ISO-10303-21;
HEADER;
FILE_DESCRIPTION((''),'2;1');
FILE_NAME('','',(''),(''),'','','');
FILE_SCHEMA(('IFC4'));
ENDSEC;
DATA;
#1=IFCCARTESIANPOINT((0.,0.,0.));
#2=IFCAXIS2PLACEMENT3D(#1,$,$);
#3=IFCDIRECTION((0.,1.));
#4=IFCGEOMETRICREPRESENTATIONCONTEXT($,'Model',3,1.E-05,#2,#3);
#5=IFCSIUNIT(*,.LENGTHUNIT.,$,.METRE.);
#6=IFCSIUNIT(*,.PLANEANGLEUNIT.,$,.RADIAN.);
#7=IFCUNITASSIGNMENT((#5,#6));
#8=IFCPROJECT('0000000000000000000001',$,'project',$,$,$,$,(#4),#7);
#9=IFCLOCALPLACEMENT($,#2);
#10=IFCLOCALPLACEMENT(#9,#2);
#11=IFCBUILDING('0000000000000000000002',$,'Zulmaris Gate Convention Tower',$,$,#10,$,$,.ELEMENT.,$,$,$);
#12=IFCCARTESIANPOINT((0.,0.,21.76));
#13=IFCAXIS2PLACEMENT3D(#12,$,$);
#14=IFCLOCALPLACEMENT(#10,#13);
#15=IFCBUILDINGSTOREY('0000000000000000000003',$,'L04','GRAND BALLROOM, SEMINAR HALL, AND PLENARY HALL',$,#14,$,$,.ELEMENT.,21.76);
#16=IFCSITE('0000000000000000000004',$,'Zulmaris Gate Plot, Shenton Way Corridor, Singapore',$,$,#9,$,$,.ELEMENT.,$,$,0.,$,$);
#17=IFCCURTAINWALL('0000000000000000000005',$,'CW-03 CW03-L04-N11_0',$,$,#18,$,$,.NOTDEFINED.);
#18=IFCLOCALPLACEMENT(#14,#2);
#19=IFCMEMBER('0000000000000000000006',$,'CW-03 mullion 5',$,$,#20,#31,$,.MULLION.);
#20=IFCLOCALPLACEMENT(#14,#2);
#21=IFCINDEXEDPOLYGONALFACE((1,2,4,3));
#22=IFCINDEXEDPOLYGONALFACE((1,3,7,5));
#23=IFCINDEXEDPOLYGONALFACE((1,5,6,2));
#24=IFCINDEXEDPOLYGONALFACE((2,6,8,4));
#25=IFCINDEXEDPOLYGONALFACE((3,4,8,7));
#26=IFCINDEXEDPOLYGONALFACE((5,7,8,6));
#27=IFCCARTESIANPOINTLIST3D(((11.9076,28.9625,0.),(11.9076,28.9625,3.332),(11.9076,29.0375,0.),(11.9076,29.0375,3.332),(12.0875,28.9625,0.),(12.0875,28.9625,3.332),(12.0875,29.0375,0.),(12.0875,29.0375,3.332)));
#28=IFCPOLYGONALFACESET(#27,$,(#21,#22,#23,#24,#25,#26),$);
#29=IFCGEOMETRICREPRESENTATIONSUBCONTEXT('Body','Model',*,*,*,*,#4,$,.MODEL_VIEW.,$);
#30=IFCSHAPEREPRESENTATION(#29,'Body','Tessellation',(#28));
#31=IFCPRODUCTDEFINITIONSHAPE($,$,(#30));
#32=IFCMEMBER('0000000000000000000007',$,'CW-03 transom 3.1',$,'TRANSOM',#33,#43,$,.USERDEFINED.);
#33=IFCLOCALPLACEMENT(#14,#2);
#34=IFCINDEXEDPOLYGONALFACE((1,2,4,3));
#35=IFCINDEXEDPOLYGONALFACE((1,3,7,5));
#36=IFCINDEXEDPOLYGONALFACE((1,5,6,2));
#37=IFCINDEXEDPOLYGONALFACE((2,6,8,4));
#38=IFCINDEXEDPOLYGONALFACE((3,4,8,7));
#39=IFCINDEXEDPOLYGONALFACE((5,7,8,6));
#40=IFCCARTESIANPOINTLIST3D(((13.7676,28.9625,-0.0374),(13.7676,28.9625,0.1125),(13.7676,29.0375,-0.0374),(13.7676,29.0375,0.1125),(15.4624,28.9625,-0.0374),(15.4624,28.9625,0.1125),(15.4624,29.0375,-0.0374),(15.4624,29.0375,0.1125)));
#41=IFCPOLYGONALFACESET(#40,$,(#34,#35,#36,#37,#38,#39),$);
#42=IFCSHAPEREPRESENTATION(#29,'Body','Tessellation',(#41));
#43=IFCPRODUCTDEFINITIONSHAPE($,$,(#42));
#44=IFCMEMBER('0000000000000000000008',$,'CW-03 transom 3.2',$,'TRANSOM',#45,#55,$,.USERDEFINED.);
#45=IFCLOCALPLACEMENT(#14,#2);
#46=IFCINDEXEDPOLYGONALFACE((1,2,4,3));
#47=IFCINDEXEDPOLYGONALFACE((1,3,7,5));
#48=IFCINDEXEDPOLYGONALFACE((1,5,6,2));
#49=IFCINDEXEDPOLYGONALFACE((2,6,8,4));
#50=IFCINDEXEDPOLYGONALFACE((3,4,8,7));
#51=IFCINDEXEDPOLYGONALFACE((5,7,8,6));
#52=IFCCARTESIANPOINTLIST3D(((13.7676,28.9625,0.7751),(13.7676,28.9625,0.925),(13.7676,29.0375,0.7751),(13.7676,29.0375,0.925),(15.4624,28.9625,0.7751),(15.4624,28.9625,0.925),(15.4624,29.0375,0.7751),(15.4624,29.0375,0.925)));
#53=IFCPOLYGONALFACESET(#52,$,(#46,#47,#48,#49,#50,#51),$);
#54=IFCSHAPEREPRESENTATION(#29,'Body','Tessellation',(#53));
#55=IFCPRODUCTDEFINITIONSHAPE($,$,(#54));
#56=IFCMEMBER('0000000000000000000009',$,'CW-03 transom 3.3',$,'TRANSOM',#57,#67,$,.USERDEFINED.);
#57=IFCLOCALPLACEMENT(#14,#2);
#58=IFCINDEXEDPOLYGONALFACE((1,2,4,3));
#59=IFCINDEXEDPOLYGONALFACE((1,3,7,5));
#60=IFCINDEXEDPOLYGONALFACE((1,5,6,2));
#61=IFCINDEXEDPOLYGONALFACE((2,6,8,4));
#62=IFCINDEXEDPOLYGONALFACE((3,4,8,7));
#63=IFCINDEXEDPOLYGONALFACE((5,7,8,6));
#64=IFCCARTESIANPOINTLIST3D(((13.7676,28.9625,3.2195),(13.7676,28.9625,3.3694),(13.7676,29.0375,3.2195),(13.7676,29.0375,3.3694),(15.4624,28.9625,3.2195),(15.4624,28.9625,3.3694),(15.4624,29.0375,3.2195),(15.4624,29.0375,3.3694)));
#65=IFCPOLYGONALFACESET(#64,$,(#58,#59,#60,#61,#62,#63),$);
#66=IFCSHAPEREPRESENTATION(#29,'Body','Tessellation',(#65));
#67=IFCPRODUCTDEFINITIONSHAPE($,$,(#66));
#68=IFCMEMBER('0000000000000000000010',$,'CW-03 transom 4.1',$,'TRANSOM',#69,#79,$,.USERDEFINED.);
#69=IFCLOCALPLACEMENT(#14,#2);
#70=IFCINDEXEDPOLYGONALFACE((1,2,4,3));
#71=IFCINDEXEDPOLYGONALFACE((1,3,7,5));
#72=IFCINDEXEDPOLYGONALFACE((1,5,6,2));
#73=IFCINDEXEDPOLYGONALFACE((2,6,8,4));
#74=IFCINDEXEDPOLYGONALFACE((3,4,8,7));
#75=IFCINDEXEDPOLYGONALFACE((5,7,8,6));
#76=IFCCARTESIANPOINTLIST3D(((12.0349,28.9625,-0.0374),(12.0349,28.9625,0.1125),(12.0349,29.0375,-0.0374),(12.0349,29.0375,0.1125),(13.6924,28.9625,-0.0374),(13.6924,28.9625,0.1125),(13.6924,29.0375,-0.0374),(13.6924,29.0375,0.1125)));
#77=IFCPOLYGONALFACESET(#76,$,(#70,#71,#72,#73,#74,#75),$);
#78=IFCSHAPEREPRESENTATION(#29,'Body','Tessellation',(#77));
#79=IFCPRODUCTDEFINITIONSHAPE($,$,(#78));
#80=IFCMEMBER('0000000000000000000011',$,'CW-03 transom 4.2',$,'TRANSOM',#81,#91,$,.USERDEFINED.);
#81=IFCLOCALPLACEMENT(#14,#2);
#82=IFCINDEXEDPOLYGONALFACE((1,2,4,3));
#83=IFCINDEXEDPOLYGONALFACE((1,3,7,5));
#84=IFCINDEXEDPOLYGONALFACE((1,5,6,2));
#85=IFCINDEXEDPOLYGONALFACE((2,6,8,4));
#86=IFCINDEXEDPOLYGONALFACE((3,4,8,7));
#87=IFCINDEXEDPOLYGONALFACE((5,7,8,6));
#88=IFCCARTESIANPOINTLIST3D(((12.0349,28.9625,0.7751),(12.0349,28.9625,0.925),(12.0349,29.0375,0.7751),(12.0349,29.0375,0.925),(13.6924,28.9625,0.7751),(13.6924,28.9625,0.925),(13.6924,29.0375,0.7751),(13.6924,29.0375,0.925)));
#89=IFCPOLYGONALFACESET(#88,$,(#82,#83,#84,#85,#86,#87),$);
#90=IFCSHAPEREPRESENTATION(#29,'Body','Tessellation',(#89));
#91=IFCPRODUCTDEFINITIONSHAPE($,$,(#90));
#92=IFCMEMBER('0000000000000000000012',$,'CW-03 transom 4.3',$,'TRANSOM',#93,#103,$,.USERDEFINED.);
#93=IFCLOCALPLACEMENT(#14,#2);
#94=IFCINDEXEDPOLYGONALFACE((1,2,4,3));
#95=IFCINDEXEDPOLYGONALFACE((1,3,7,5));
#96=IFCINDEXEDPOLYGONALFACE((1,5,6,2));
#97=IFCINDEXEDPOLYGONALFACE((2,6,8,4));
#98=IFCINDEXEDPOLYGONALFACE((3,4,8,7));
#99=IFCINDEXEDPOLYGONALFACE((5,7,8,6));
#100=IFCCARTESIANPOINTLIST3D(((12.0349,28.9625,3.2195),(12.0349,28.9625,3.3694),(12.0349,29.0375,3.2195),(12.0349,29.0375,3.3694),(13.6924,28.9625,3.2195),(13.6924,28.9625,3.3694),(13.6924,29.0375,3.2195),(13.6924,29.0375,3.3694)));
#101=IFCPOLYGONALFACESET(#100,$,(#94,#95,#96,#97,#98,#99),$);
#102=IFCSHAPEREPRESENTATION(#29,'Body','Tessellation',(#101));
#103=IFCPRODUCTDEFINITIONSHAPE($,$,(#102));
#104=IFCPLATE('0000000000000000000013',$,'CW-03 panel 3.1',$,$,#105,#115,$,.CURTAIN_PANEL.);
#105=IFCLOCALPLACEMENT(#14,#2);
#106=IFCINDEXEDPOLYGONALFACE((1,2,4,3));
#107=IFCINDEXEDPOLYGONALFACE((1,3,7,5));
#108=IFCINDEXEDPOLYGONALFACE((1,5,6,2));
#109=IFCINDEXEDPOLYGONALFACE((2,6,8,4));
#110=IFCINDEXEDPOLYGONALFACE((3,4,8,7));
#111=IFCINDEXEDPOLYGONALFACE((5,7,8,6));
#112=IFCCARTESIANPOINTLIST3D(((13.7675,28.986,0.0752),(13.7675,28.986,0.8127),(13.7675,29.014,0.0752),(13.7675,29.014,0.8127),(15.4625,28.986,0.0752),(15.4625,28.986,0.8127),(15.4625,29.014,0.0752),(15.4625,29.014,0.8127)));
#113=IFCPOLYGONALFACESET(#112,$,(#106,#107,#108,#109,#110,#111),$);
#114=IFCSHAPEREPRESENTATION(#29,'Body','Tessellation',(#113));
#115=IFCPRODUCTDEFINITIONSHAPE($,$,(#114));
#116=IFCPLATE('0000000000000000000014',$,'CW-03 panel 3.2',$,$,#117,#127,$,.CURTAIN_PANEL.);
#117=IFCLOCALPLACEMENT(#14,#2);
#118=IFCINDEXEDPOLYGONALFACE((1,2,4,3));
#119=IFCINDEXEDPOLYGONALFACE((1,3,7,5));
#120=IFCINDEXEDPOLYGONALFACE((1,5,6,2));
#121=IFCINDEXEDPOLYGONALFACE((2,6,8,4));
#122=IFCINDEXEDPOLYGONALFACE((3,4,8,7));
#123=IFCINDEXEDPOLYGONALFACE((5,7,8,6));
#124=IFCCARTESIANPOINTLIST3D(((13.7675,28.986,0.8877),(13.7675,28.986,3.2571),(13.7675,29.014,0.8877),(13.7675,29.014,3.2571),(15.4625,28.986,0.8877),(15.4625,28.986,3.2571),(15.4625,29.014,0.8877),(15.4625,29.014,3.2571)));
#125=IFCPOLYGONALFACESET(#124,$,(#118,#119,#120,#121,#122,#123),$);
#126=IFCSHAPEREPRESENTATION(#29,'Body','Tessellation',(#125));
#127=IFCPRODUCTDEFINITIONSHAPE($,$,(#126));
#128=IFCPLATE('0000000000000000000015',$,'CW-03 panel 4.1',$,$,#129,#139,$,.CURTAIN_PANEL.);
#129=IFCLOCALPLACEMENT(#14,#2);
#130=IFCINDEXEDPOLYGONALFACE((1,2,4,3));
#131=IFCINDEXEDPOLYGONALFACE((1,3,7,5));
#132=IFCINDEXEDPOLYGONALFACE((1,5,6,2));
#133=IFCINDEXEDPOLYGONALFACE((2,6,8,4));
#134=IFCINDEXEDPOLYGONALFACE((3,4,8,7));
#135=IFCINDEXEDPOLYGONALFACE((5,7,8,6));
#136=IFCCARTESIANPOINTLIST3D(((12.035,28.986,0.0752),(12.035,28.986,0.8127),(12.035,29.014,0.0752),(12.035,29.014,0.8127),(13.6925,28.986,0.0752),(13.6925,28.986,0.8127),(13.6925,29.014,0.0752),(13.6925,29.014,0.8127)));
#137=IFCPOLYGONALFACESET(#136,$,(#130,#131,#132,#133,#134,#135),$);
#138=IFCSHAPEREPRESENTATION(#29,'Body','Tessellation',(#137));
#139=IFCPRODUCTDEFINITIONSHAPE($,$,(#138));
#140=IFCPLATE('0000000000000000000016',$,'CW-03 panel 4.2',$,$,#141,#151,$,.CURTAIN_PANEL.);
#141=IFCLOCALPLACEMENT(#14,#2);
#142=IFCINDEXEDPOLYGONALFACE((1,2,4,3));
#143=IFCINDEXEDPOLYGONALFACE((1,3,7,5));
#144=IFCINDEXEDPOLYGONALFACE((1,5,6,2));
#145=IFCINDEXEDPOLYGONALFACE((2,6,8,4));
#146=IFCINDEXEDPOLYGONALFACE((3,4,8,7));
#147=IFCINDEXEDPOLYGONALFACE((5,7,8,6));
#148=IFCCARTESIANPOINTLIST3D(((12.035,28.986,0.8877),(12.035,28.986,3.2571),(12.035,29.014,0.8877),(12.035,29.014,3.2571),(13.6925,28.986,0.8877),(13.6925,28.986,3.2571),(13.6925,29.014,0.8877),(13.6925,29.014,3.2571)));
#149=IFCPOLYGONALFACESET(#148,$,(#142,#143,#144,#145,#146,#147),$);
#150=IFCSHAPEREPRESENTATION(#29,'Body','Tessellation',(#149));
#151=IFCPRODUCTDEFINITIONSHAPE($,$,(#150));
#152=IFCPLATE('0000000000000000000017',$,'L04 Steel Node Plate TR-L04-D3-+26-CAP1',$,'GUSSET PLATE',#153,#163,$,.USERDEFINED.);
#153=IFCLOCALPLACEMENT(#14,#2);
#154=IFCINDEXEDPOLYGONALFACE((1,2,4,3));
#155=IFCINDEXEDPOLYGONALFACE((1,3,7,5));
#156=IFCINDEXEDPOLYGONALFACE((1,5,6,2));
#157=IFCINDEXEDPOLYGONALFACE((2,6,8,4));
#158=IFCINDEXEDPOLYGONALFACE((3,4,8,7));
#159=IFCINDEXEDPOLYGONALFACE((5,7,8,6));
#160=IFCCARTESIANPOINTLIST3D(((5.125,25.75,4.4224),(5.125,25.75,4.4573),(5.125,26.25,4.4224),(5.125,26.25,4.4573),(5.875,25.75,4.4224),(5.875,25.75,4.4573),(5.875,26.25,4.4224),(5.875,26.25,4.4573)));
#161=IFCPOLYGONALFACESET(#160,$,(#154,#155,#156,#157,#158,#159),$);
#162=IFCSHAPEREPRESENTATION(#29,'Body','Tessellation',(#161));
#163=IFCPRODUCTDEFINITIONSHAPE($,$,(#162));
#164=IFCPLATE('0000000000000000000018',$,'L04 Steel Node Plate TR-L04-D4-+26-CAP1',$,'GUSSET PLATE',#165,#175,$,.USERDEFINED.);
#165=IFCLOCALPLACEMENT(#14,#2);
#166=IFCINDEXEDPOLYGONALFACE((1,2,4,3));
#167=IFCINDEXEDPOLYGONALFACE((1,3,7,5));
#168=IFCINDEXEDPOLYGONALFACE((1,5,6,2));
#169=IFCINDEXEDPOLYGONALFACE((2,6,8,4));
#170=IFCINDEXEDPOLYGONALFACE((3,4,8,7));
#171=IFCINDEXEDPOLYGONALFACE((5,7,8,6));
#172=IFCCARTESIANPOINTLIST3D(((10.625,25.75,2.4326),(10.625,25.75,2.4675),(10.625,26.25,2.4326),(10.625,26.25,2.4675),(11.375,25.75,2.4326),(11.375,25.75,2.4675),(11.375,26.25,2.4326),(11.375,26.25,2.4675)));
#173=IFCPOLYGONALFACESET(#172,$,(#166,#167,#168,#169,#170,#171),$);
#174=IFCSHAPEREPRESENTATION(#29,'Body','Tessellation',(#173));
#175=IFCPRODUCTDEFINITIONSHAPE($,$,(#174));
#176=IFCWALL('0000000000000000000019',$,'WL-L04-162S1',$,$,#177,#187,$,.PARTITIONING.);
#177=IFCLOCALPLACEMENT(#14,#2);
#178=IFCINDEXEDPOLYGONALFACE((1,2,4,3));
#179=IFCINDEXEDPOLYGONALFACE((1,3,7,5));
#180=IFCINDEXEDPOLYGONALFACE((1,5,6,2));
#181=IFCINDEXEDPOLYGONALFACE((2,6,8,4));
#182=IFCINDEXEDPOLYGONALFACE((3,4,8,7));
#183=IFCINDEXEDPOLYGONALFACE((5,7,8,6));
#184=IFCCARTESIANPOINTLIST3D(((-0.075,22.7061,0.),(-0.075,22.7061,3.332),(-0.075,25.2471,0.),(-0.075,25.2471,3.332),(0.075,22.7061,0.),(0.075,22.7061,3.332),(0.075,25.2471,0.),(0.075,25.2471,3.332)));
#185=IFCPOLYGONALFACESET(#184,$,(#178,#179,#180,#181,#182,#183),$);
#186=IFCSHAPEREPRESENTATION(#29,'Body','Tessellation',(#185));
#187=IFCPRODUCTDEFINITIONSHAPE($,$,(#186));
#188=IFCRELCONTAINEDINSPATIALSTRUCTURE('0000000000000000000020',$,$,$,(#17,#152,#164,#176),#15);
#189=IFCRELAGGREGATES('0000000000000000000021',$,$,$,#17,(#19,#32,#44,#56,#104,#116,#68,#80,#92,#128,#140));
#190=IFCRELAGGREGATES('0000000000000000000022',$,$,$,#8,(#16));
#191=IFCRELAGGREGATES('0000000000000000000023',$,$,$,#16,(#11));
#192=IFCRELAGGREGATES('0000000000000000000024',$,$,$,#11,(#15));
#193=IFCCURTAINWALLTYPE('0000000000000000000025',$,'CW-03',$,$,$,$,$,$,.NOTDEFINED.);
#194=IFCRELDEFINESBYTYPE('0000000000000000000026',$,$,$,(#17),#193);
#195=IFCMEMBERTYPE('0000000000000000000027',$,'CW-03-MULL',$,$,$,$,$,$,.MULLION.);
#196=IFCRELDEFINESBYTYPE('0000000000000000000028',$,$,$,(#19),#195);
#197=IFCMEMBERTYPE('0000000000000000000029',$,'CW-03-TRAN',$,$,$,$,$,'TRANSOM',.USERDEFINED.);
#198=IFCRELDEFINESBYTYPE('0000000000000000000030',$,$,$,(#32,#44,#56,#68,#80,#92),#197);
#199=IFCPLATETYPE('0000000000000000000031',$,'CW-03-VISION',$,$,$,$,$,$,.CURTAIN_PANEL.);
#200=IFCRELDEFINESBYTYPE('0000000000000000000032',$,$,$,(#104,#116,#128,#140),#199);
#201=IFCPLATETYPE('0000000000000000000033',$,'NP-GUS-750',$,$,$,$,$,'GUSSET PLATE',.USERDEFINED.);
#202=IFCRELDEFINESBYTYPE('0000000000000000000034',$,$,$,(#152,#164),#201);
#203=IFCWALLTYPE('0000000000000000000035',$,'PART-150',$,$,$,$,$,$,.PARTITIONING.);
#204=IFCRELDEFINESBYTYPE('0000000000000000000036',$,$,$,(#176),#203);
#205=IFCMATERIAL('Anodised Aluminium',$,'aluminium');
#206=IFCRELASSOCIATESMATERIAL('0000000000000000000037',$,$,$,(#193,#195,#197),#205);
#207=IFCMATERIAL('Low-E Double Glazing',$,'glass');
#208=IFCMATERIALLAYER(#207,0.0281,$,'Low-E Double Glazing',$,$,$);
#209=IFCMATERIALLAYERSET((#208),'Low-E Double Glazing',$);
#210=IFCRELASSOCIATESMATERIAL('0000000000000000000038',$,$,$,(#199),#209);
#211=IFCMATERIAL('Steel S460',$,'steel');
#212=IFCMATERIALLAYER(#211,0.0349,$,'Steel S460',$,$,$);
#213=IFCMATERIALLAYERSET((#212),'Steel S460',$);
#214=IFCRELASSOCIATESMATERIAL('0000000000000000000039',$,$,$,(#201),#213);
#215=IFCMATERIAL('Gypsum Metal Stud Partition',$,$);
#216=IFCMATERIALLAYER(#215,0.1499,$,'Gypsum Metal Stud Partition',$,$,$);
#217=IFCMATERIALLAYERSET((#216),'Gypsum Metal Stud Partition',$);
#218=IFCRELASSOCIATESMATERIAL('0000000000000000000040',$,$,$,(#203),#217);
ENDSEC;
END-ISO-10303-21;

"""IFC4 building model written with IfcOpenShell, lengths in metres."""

from ifc_helpers import new_model, si_unit, direction, frame, frame_2d, origin, origin_2d, place, context, subcontext, project, spatial, rectangle, extrude, material, layer, layer_set, material_profile, profile_set, type_object, element, aggregate, save


model = new_model("IFC4")

# Units and contexts
model_context = context("Model", 3, precision=1e-05, world=origin(), true_north=direction((0.0, 1.0)))
body_context = subcontext(model_context, "Body", "Model", "MODEL_VIEW")
ifc_project = project(units=[si_unit("LENGTHUNIT", "METRE"), si_unit("PLANEANGLEUNIT", "RADIAN")], contexts=[model_context])

# Site, building, storey
site_placement = place(None, origin())
site = spatial("IfcSite", under=ifc_project, at=site_placement, Name="Zulmaris Gate Plot, Shenton Way Corridor, Singapore", CompositionType="ELEMENT", RefElevation=0.0)
building_placement = place(site_placement, origin())
building = spatial("IfcBuilding", under=site, at=building_placement, Name="Zulmaris Gate Convention Tower", CompositionType="ELEMENT")
storey_placement = place(building_placement, frame((0.0, 0.0, 21.76)))
storey = spatial("IfcBuildingStorey", under=building, at=storey_placement, Name="L04", Description="GRAND BALLROOM, SEMINAR HALL, AND PLENARY HALL", CompositionType="ELEMENT", Elevation=21.76)

# Shared definitions
ifc_material_1 = material(Name="Steel S460", Category="steel")

# Curtain wall, members, plates
ifc_material_2 = material(Name="Anodised Aluminium", Category="aluminium")
curtain_wall_type = type_object("IfcCurtainWallType", Name="CW-03", PredefinedType="NOTDEFINED", material=ifc_material_2)
curtain_wall_placement = place(storey_placement, origin())
curtain_wall = element("IfcCurtainWall", 1, at=curtain_wall_placement, inside=storey, type_object=curtain_wall_type, Name="CW-03 CW03-L04-N11_0", PredefinedType="NOTDEFINED")
ifc_material_profile_1 = material_profile(ifc_material_2, rectangle(XDim=0.075, YDim=0.1799, at=origin_2d()), Name="ALU MULLION 75x180")
ifc_profile_set_1 = profile_set([ifc_material_profile_1], Name="Anodised Aluminium")
member_type_1 = type_object("IfcMemberType", Name="CW-03-MULL", PredefinedType="MULLION", material=ifc_profile_set_1)
member_1_placement = place(storey_placement, frame((11.9976, 29.0, 0.0), z_axis=(0.0, 0.0, 1.0), x_axis=(0.0, -1.0, 0.0)))
member_1 = element("IfcMember", 2, at=member_1_placement, type_object=member_type_1, Name="CW-03 mullion 5", PredefinedType="MULLION", context=body_context, shape_type="SweptSolid", body=[
    extrude(rectangle(XDim=0.075, YDim=0.1799, at=origin_2d()), origin(), (0.0, 0.0, 1.0), 3.332),
])
ifc_material_profile_2 = material_profile(ifc_material_2, rectangle(XDim=0.075, YDim=0.1499, at=origin_2d()), Name="ALU TRANSOM 75x150")
ifc_profile_set_2 = profile_set([ifc_material_profile_2], Name="Anodised Aluminium")
member_type_2 = type_object("IfcMemberType", Name="CW-03-TRAN", ElementType="TRANSOM", PredefinedType="USERDEFINED", material=ifc_profile_set_2)
member_2_placement = place(storey_placement, frame((15.4624, 29.0, 0.0376), z_axis=(-1.0, 0.0, 0.0), x_axis=(0.0, -1.0, 0.0)))
member_2 = element("IfcMember", 3, at=member_2_placement, type_object=member_type_2, Name="CW-03 transom 3.1", ObjectType="TRANSOM", PredefinedType="USERDEFINED", context=body_context, shape_type="SweptSolid", body=[
    extrude(rectangle(XDim=0.075, YDim=0.1499, at=origin_2d()), origin(), (0.0, 0.0, 1.0), 1.6948),
])
member_3_placement = place(storey_placement, frame((15.4624, 29.0, 0.8501), z_axis=(-1.0, 0.0, 0.0), x_axis=(0.0, -1.0, 0.0)))
member_3 = element("IfcMember", 4, at=member_3_placement, type_object=member_type_2, Name="CW-03 transom 3.2", ObjectType="TRANSOM", PredefinedType="USERDEFINED", context=body_context, shape_type="SweptSolid", body=[
    extrude(rectangle(XDim=0.075, YDim=0.1499, at=origin_2d()), origin(), (0.0, 0.0, 1.0), 1.6948),
])
member_4_placement = place(storey_placement, frame((15.4624, 29.0, 3.2944), z_axis=(-1.0, 0.0, 0.0), x_axis=(0.0, -1.0, 0.0)))
member_4 = element("IfcMember", 5, at=member_4_placement, type_object=member_type_2, Name="CW-03 transom 3.3", ObjectType="TRANSOM", PredefinedType="USERDEFINED", context=body_context, shape_type="SweptSolid", body=[
    extrude(rectangle(XDim=0.075, YDim=0.1499, at=origin_2d()), origin(), (0.0, 0.0, 1.0), 1.6948),
])
member_5_placement = place(storey_placement, frame((13.6924, 29.0, 0.0376), z_axis=(-1.0, 0.0, 0.0), x_axis=(0.0, -1.0, 0.0)))
member_5 = element("IfcMember", 6, at=member_5_placement, type_object=member_type_2, Name="CW-03 transom 4.1", ObjectType="TRANSOM", PredefinedType="USERDEFINED", context=body_context, shape_type="SweptSolid", body=[
    extrude(rectangle(XDim=0.075, YDim=0.1499, at=origin_2d()), origin(), (0.0, 0.0, 1.0), 1.6575),
])
member_6_placement = place(storey_placement, frame((13.6924, 29.0, 0.8501), z_axis=(-1.0, 0.0, 0.0), x_axis=(0.0, -1.0, 0.0)))
member_6 = element("IfcMember", 7, at=member_6_placement, type_object=member_type_2, Name="CW-03 transom 4.2", ObjectType="TRANSOM", PredefinedType="USERDEFINED", context=body_context, shape_type="SweptSolid", body=[
    extrude(rectangle(XDim=0.075, YDim=0.1499, at=origin_2d()), origin(), (0.0, 0.0, 1.0), 1.6575),
])
member_7_placement = place(storey_placement, frame((13.6924, 29.0, 3.2944), z_axis=(-1.0, 0.0, 0.0), x_axis=(0.0, -1.0, 0.0)))
member_7 = element("IfcMember", 8, at=member_7_placement, type_object=member_type_2, Name="CW-03 transom 4.3", ObjectType="TRANSOM", PredefinedType="USERDEFINED", context=body_context, shape_type="SweptSolid", body=[
    extrude(rectangle(XDim=0.075, YDim=0.1499, at=origin_2d()), origin(), (0.0, 0.0, 1.0), 1.6575),
])
ifc_material_3 = material(Name="Low-E Double Glazing", Category="glass")
ifc_layer_1 = layer(ifc_material_3, 0.0281, Name="Low-E Double Glazing")
ifc_layer_set_1 = layer_set([ifc_layer_1], Name="Low-E Double Glazing")
plate_type_1 = type_object("IfcPlateType", Name="CW-03-VISION", PredefinedType="CURTAIN_PANEL", material=ifc_layer_set_1)
plate_1_placement = place(storey_placement, frame((14.615, 29.0, 0.0752), z_axis=(0.0, 0.0, 1.0), x_axis=(-1.0, 0.0, 0.0)))
plate_1 = element("IfcPlate", 9, at=plate_1_placement, type_object=plate_type_1, Name="CW-03 panel 3.1", PredefinedType="CURTAIN_PANEL", context=body_context, shape_type="SweptSolid", body=[
    extrude(rectangle(XDim=1.6951, YDim=0.0281, at=origin_2d()), origin(), (0.0, 0.0, 1.0), 0.7375),
])
plate_2_placement = place(storey_placement, frame((14.615, 29.0, 0.8877), z_axis=(0.0, 0.0, 1.0), x_axis=(-1.0, 0.0, 0.0)))
plate_2 = element("IfcPlate", 10, at=plate_2_placement, type_object=plate_type_1, Name="CW-03 panel 3.2", PredefinedType="CURTAIN_PANEL", context=body_context, shape_type="SweptSolid", body=[
    extrude(rectangle(XDim=1.6951, YDim=0.0281, at=origin_2d()), origin(), (0.0, 0.0, 1.0), 2.3694),
])
plate_3_placement = place(storey_placement, frame((12.8638, 29.0, 0.0752), z_axis=(0.0, 0.0, 1.0), x_axis=(-1.0, 0.0, 0.0)))
plate_3 = element("IfcPlate", 11, at=plate_3_placement, type_object=plate_type_1, Name="CW-03 panel 4.1", PredefinedType="CURTAIN_PANEL", context=body_context, shape_type="SweptSolid", body=[
    extrude(rectangle(XDim=1.6575, YDim=0.0281, at=origin_2d()), origin(), (0.0, 0.0, 1.0), 0.7375),
])
plate_4_placement = place(storey_placement, frame((12.8638, 29.0, 0.8877), z_axis=(0.0, 0.0, 1.0), x_axis=(-1.0, 0.0, 0.0)))
plate_4 = element("IfcPlate", 12, at=plate_4_placement, type_object=plate_type_1, Name="CW-03 panel 4.2", PredefinedType="CURTAIN_PANEL", context=body_context, shape_type="SweptSolid", body=[
    extrude(rectangle(XDim=1.6575, YDim=0.0281, at=origin_2d()), origin(), (0.0, 0.0, 1.0), 2.3694),
])
aggregate(curtain_wall, [member_1, member_2, member_3, member_4, plate_1, plate_2, member_5, member_6, member_7, plate_3, plate_4])

# Plates
ifc_layer_2 = layer(ifc_material_1, 0.0349, Name="Steel S460")
ifc_layer_set_2 = layer_set([ifc_layer_2], Name="Steel S460")
plate_type_2 = type_object("IfcPlateType", Name="NP-GUS-750", ElementType="GUSSET PLATE", PredefinedType="USERDEFINED", material=ifc_layer_set_2)
for number, where, z_axis, x_axis, name in (
    (13, (5.5, 26.0, 4.4224), (0.0, 0.0, 1.0), (1.0, 0.0, 0.0), "L04 Steel Node Plate TR-L04-D3-+26-CAP1"),
    (14, (11.0, 26.0, 2.4326), (0.0, 0.0, 1.0), (1.0, 0.0, 0.0), "L04 Steel Node Plate TR-L04-D4-+26-CAP1"),
):
    element("IfcPlate", number, at=place(storey_placement, frame(where, z_axis=z_axis, x_axis=x_axis)), inside=storey, type_object=plate_type_2, Name=name, ObjectType="GUSSET PLATE", PredefinedType="USERDEFINED", context=body_context, shape_type="SweptSolid", body=[
        extrude(rectangle(XDim=0.75, YDim=0.5, at=origin_2d()), origin(), (0.0, 0.0, 1.0), 0.0349),
    ])

# Wall
ifc_material_4 = material(Name="Gypsum Metal Stud Partition")
ifc_layer_3 = layer(ifc_material_4, 0.1499, Name="Gypsum Metal Stud Partition")
ifc_layer_set_3 = layer_set([ifc_layer_3], Name="Gypsum Metal Stud Partition")
wall_type_1 = type_object("IfcWallType", Name="PART-150", PredefinedType="PARTITIONING", material=ifc_layer_set_3)
wall_1_placement = place(storey_placement, frame((0.0, 22.7061, 0.0), z_axis=(0.0, 0.0, 1.0), x_axis=(0.0, 1.0, 0.0)))
element("IfcWall", 15, at=wall_1_placement, inside=storey, type_object=wall_type_1, Name="WL-L04-162S1", PredefinedType="PARTITIONING", context=body_context, shape_type="SweptSolid", body=[
    extrude(rectangle(XDim=2.541, YDim=0.1499, at=frame_2d((1.2705, 0.0))), origin(), (0.0, 0.0, 1.0), 3.332),
])

save(model, "model.ifc")
